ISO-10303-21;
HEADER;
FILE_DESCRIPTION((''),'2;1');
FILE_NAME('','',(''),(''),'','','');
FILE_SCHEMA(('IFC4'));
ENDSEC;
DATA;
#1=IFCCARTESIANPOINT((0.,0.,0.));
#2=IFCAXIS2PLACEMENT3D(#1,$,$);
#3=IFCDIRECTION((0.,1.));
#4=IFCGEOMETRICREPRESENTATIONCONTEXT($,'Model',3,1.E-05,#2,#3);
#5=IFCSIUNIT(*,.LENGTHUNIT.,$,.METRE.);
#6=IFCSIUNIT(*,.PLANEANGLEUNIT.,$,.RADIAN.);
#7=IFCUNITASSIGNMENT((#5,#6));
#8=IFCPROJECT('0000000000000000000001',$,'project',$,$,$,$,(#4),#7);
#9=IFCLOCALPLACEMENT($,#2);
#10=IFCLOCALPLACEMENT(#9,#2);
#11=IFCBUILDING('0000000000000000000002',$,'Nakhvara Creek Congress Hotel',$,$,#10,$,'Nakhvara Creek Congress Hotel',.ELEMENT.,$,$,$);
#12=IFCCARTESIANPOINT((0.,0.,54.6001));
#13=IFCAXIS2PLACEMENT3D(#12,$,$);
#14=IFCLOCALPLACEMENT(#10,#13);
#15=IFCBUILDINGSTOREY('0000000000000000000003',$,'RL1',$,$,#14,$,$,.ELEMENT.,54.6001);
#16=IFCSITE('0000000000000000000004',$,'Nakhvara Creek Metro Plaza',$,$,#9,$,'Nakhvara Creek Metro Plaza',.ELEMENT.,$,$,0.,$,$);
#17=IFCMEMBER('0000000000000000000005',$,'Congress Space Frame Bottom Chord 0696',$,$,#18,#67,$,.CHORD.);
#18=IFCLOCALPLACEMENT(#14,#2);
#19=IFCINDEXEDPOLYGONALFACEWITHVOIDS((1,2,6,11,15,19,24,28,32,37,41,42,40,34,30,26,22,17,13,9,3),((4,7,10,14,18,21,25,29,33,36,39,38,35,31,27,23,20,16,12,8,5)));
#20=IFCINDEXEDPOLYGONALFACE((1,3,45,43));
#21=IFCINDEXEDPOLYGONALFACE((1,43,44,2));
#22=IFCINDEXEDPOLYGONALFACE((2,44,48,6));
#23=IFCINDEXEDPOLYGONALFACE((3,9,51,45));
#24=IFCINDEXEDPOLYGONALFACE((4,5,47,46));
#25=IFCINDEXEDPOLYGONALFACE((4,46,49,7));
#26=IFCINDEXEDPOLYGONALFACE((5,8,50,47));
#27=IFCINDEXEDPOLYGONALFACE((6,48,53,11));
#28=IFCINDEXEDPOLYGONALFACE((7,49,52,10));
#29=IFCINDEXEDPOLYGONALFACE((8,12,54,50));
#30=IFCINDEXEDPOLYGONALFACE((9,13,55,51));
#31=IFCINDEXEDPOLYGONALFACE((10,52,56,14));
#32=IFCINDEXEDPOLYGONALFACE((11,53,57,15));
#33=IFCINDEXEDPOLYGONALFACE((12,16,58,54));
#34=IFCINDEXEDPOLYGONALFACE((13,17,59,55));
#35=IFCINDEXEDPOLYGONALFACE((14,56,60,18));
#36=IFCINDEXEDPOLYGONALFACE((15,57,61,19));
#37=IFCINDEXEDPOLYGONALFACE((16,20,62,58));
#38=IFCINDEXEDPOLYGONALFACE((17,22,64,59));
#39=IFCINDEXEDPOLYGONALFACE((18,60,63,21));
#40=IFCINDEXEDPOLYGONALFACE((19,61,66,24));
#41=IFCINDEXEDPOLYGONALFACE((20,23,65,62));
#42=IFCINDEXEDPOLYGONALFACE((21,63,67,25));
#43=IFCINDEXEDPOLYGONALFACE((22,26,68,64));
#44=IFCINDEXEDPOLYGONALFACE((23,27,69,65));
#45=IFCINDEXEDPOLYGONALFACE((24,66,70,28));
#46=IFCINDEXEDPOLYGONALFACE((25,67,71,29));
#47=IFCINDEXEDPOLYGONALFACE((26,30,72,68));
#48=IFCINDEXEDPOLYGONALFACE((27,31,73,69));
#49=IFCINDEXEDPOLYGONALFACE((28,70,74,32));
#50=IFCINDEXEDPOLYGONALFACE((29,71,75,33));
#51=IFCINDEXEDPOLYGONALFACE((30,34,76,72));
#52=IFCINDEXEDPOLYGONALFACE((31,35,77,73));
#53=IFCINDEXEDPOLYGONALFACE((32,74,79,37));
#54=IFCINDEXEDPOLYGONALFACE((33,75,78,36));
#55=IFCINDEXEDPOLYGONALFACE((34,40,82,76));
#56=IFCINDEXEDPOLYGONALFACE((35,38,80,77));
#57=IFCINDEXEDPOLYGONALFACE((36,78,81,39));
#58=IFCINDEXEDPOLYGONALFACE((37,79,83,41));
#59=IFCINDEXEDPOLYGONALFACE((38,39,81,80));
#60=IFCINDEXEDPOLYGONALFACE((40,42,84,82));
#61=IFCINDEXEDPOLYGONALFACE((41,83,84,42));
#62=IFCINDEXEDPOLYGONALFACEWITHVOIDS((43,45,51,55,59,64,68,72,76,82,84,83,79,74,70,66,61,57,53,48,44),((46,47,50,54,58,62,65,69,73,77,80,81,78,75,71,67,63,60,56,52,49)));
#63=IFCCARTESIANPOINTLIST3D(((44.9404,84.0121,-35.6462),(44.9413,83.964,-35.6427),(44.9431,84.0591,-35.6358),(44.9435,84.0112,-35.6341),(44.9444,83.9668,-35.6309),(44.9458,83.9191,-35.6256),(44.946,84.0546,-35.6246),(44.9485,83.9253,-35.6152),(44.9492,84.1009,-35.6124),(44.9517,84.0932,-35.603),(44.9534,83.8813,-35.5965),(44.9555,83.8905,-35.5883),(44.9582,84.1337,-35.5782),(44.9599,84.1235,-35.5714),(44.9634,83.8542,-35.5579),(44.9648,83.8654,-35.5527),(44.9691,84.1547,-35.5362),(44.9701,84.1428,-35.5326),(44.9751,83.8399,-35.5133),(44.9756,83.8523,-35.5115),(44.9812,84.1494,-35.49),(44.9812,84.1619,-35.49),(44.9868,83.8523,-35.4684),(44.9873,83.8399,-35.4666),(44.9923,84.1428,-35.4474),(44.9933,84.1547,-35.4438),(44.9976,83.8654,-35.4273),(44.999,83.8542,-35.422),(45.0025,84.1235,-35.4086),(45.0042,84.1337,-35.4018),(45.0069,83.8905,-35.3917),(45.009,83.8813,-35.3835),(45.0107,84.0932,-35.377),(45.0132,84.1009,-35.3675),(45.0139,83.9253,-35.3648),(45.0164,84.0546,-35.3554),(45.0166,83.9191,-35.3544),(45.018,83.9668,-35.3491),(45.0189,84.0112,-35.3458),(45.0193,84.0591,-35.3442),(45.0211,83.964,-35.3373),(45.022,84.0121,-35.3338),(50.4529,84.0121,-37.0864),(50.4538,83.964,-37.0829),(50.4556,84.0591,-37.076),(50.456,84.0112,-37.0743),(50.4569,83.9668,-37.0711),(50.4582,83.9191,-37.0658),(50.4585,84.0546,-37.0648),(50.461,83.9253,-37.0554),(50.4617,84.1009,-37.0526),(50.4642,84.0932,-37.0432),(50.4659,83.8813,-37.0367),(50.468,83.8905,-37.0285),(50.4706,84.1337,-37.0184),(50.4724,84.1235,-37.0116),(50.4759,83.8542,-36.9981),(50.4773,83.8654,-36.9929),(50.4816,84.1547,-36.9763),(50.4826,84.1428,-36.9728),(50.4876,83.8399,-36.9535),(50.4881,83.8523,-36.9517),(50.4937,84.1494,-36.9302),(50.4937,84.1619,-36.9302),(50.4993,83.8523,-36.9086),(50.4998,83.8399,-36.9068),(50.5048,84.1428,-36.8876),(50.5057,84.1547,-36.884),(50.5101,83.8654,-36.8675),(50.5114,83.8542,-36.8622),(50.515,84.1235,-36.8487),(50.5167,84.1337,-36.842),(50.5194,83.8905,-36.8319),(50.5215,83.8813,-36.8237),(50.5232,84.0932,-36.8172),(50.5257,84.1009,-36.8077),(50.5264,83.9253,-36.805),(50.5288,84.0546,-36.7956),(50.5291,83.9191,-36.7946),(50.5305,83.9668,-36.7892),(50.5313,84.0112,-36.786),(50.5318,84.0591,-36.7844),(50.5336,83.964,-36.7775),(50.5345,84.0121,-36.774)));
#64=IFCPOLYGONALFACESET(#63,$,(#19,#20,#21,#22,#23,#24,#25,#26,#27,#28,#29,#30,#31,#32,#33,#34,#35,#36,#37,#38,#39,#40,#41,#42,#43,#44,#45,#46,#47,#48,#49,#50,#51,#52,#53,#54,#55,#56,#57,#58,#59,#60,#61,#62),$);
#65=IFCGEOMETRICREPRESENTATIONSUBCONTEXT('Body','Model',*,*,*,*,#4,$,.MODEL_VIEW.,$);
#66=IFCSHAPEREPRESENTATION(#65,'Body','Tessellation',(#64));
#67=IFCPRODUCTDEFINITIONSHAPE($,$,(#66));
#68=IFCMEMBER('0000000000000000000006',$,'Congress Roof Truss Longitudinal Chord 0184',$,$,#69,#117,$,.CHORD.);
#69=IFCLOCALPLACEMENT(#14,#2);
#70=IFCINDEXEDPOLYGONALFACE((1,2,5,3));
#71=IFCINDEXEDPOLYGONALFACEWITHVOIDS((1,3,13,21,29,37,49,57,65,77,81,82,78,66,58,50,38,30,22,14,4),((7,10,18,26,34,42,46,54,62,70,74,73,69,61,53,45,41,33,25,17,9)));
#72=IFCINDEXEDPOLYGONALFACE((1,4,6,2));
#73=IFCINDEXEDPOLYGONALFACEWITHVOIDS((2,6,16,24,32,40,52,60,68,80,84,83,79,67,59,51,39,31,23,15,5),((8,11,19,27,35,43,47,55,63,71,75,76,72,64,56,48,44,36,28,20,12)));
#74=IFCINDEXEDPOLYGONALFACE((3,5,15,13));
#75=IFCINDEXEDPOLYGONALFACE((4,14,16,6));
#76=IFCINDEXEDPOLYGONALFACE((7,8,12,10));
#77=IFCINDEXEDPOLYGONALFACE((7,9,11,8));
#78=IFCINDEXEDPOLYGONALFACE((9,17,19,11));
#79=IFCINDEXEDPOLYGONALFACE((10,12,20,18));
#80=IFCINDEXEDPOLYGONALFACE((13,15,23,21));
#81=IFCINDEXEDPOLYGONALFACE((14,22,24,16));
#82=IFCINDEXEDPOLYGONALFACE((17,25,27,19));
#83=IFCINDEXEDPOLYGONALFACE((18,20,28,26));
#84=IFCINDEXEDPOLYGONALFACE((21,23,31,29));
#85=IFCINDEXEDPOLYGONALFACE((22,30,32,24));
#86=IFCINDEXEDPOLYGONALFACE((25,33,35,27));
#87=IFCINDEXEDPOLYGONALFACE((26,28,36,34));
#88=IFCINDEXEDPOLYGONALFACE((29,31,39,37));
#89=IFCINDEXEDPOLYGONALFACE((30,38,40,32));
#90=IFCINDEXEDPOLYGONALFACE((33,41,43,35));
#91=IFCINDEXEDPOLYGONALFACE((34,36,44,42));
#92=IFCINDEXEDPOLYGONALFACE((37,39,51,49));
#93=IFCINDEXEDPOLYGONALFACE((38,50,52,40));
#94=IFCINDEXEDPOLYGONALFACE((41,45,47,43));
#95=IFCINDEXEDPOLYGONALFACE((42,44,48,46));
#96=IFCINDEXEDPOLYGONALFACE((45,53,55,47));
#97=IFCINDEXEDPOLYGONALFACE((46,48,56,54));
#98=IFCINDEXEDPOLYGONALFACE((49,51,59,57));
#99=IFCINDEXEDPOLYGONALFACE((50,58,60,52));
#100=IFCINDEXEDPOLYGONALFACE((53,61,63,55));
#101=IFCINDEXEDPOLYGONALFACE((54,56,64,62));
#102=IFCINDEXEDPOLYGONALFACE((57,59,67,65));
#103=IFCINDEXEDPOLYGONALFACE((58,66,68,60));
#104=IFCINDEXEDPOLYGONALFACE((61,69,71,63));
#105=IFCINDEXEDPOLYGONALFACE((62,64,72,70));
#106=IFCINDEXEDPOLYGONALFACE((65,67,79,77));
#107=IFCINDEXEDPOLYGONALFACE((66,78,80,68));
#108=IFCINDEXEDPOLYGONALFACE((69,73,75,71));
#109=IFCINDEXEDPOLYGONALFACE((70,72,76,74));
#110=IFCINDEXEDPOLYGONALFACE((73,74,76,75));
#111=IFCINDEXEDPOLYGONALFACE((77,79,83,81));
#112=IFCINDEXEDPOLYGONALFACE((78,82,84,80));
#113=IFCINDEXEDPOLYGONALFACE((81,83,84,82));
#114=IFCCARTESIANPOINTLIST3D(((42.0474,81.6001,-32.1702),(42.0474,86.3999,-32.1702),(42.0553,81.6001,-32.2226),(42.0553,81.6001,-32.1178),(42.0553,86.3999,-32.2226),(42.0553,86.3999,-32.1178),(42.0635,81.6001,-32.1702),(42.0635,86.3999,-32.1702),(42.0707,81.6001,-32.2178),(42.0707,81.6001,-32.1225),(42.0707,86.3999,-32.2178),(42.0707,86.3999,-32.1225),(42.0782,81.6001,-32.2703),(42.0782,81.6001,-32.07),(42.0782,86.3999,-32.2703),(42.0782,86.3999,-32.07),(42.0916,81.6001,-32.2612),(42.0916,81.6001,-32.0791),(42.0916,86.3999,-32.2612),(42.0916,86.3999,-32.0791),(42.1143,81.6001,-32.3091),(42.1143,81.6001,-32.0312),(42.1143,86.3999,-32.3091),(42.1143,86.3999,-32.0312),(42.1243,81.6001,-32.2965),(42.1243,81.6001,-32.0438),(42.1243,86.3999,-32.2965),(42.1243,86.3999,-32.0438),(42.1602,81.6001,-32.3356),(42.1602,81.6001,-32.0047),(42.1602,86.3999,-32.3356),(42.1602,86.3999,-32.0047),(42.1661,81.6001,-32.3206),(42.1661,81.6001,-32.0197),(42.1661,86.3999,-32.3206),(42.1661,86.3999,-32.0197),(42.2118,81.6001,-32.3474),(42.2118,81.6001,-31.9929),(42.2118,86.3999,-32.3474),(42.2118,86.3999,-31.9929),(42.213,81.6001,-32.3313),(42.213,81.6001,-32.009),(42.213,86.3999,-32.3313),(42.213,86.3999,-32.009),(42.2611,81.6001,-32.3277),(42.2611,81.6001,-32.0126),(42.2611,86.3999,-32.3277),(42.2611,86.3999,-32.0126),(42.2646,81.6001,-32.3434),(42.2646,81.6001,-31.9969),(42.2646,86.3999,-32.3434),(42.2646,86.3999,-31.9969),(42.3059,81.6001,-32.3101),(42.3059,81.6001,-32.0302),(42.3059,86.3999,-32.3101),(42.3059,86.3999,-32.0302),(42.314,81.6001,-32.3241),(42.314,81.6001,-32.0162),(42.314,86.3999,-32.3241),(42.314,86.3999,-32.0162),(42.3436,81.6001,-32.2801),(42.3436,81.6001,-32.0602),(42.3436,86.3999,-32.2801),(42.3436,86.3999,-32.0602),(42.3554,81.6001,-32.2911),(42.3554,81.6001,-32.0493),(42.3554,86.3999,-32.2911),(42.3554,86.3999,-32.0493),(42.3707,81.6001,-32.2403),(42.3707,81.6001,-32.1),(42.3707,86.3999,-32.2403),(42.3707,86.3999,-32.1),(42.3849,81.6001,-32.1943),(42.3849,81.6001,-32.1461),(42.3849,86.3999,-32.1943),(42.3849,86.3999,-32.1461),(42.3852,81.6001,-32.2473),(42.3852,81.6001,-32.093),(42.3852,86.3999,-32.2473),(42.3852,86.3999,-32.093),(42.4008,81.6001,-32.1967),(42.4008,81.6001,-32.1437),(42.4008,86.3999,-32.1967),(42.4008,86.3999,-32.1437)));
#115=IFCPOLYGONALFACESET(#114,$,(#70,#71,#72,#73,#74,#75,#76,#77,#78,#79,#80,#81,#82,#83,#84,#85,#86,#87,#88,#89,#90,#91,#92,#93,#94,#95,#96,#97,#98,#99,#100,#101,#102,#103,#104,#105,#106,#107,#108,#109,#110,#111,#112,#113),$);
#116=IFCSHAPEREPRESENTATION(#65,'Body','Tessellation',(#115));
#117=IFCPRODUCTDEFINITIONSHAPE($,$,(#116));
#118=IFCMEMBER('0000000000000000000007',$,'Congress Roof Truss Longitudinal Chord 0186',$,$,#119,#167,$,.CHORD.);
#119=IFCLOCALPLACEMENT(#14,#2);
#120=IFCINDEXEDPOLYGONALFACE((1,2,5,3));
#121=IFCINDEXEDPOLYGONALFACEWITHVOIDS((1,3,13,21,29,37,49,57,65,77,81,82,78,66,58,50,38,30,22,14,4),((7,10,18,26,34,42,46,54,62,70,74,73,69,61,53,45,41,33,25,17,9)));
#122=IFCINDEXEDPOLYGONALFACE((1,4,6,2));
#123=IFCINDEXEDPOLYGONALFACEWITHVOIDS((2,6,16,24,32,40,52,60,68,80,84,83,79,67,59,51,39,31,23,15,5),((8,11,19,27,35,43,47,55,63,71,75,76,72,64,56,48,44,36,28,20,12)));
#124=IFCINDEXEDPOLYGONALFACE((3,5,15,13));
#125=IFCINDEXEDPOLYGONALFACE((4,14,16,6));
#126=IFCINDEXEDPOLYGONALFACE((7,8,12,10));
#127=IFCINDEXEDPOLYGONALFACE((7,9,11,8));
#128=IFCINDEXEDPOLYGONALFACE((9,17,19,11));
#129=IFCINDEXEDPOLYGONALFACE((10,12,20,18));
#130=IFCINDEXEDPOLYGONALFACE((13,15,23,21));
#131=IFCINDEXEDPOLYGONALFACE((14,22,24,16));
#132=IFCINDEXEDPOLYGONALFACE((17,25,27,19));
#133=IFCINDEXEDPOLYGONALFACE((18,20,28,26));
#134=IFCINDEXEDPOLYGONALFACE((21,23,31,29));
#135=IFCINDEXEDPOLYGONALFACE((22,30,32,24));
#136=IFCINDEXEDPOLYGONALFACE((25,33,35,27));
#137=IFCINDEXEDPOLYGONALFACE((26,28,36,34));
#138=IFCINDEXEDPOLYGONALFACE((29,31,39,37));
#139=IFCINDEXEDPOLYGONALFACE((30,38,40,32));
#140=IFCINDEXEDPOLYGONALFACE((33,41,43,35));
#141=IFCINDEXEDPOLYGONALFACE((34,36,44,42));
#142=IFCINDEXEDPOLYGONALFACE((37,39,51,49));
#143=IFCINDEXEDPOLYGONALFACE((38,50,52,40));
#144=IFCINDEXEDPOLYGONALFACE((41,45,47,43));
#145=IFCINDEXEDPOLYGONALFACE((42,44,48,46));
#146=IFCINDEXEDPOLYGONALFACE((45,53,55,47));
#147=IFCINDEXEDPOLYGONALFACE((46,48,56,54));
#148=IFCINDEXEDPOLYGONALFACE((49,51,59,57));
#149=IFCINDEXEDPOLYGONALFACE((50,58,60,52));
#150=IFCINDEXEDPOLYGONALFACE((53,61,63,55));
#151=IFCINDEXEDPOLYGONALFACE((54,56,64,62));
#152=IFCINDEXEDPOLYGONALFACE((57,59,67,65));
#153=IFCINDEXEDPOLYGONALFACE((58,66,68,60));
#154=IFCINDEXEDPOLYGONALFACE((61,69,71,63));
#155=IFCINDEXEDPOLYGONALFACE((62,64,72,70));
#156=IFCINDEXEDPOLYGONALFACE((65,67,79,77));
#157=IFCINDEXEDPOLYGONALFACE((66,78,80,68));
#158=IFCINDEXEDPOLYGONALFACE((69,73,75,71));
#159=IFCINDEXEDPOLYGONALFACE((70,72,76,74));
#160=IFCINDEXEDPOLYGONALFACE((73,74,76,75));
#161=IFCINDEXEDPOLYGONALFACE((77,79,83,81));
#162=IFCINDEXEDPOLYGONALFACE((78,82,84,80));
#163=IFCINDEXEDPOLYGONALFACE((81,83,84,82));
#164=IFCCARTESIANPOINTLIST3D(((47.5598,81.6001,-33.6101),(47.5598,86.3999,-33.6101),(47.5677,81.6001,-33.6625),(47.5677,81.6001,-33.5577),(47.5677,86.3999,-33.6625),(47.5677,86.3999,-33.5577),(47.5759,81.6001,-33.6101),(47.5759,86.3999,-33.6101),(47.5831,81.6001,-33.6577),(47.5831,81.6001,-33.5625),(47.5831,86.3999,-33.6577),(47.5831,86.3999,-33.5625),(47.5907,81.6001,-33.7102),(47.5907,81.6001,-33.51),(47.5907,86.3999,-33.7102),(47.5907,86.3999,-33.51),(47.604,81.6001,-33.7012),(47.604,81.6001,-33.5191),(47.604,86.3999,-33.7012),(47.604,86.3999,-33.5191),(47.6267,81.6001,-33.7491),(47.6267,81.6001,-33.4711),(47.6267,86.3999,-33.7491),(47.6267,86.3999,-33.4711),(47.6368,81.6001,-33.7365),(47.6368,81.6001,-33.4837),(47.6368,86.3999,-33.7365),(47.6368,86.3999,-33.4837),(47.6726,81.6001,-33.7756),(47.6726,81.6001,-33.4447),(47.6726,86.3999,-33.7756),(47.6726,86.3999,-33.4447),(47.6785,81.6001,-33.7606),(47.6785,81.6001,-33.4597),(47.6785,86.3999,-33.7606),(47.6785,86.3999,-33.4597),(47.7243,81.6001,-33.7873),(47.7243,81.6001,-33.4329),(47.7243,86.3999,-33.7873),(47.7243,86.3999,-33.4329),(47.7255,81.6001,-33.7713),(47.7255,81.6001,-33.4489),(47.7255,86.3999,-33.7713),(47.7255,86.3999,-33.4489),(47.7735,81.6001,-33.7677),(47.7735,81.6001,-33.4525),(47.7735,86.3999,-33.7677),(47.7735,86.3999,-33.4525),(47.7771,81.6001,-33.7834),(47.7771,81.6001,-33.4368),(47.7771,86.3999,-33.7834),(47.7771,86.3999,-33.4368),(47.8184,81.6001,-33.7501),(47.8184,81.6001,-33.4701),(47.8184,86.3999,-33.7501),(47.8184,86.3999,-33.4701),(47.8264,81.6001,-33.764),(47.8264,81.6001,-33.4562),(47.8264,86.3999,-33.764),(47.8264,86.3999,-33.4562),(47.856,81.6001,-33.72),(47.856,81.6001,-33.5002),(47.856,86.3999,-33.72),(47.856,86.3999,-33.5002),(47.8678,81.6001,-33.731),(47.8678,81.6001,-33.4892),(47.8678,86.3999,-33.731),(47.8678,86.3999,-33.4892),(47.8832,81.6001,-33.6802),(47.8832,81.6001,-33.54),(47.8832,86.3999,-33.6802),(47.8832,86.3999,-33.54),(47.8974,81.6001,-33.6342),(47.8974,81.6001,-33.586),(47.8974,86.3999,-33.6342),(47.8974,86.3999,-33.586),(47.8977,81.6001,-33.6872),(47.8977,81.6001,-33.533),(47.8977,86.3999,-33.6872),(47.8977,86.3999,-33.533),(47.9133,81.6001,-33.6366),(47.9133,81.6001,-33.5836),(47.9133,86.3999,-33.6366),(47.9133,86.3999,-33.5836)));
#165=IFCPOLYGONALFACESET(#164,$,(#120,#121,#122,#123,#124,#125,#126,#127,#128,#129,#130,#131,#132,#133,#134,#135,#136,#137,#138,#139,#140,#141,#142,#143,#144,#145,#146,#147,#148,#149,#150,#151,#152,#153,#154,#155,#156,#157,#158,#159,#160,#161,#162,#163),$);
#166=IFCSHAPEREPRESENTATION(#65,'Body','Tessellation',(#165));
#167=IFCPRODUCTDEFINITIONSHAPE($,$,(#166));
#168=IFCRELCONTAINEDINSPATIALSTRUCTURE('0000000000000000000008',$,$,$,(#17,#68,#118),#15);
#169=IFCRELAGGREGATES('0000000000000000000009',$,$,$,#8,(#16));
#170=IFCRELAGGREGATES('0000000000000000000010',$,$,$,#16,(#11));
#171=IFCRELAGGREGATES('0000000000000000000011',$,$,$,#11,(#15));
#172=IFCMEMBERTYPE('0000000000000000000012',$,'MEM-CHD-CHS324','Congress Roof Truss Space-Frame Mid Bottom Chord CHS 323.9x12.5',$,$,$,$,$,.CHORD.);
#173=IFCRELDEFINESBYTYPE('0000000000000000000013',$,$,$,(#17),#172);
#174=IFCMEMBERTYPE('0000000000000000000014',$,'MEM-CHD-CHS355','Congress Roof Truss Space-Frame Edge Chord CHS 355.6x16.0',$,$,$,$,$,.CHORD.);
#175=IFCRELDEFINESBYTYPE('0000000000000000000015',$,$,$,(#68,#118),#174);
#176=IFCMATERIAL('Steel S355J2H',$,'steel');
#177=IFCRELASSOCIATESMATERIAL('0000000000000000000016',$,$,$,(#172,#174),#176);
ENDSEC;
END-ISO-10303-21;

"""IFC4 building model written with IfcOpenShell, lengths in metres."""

from ifc_helpers import new_model, si_unit, direction, frame, origin, origin_2d, place, context, subcontext, project, spatial, hollow_circle, extrude, material, material_profile, profile_set, type_object, element, save


model = new_model("IFC4")

# Units and contexts
model_context = context("Model", 3, precision=1e-05, world=origin(), true_north=direction((0.0, 1.0)))
body_context = subcontext(model_context, "Body", "Model", "MODEL_VIEW")
ifc_project = project(units=[si_unit("LENGTHUNIT", "METRE"), si_unit("PLANEANGLEUNIT", "RADIAN")], contexts=[model_context])

# Site, building, storey
site_placement = place(None, origin())
site = spatial("IfcSite", under=ifc_project, at=site_placement, Name="Nakhvara Creek Metro Plaza", LongName="Nakhvara Creek Metro Plaza", CompositionType="ELEMENT", RefElevation=0.0)
building_placement = place(site_placement, origin())
building = spatial("IfcBuilding", under=site, at=building_placement, Name="Nakhvara Creek Congress Hotel", LongName="Nakhvara Creek Congress Hotel", CompositionType="ELEMENT")
storey_placement = place(building_placement, frame((0.0, 0.0, 54.6001)))
storey = spatial("IfcBuildingStorey", under=building, at=storey_placement, Name="RL1", CompositionType="ELEMENT", Elevation=54.6001)

# Members
ifc_material_1 = material(Name="Steel S355J2H", Category="steel")
ifc_material_profile_1 = material_profile(ifc_material_1, hollow_circle(Radius=0.1619, WallThickness=0.0125, at=origin_2d()), Name="CHS 323.9x12.5", Category="LoadBearing")
ifc_profile_set_1 = profile_set([ifc_material_profile_1], Name="Steel S355J2H")
member_type_1 = type_object("IfcMemberType", Name="MEM-CHD-CHS324", Description="Congress Roof Truss Space-Frame Mid Bottom Chord CHS 323.9x12.5", PredefinedType="CHORD", material=ifc_profile_set_1)
member_1_placement = place(storey_placement, frame((44.9812, 84.0, -35.49), z_axis=(0.967525, 0.0, -0.252776), x_axis=(0.0, 1.0, 0.0)))
element("IfcMember", 1, at=member_1_placement, inside=storey, type_object=member_type_1, Name="Congress Space Frame Bottom Chord 0696", PredefinedType="CHORD", context=body_context, shape_type="SweptSolid", body=[
    extrude(hollow_circle(Radius=0.1619, WallThickness=0.0125, at=origin_2d()), origin(), (0.0, 0.0, 1.0), 5.6975),
])
ifc_material_profile_2 = material_profile(ifc_material_1, hollow_circle(Radius=0.1777, WallThickness=0.0161, at=origin_2d()), Name="CHS 355.6x16.0", Category="LoadBearing")
ifc_profile_set_2 = profile_set([ifc_material_profile_2], Name="Steel S355J2H")
member_type_2 = type_object("IfcMemberType", Name="MEM-CHD-CHS355", Description="Congress Roof Truss Space-Frame Edge Chord CHS 355.6x16.0", PredefinedType="CHORD", material=ifc_profile_set_2)
for number, where, z_axis, x_axis, name in (
    (2, (42.2251, 81.6001, -32.1702), (0.0, 1.0, 0.0), (-1.0, 0.0, 0.0), "Congress Roof Truss Longitudinal Chord 0184"),
    (3, (47.7375, 81.6001, -33.6101), (0.0, 1.0, 0.0), (-1.0, 0.0, 0.0), "Congress Roof Truss Longitudinal Chord 0186"),
):
    element("IfcMember", number, at=place(storey_placement, frame(where, z_axis=z_axis, x_axis=x_axis)), inside=storey, type_object=member_type_2, Name=name, PredefinedType="CHORD", context=body_context, shape_type="SweptSolid", body=[
        extrude(hollow_circle(Radius=0.1777, WallThickness=0.0161, at=origin_2d()), origin(), (0.0, 0.0, 1.0), 4.7998),
    ])

save(model, "model.ifc")
